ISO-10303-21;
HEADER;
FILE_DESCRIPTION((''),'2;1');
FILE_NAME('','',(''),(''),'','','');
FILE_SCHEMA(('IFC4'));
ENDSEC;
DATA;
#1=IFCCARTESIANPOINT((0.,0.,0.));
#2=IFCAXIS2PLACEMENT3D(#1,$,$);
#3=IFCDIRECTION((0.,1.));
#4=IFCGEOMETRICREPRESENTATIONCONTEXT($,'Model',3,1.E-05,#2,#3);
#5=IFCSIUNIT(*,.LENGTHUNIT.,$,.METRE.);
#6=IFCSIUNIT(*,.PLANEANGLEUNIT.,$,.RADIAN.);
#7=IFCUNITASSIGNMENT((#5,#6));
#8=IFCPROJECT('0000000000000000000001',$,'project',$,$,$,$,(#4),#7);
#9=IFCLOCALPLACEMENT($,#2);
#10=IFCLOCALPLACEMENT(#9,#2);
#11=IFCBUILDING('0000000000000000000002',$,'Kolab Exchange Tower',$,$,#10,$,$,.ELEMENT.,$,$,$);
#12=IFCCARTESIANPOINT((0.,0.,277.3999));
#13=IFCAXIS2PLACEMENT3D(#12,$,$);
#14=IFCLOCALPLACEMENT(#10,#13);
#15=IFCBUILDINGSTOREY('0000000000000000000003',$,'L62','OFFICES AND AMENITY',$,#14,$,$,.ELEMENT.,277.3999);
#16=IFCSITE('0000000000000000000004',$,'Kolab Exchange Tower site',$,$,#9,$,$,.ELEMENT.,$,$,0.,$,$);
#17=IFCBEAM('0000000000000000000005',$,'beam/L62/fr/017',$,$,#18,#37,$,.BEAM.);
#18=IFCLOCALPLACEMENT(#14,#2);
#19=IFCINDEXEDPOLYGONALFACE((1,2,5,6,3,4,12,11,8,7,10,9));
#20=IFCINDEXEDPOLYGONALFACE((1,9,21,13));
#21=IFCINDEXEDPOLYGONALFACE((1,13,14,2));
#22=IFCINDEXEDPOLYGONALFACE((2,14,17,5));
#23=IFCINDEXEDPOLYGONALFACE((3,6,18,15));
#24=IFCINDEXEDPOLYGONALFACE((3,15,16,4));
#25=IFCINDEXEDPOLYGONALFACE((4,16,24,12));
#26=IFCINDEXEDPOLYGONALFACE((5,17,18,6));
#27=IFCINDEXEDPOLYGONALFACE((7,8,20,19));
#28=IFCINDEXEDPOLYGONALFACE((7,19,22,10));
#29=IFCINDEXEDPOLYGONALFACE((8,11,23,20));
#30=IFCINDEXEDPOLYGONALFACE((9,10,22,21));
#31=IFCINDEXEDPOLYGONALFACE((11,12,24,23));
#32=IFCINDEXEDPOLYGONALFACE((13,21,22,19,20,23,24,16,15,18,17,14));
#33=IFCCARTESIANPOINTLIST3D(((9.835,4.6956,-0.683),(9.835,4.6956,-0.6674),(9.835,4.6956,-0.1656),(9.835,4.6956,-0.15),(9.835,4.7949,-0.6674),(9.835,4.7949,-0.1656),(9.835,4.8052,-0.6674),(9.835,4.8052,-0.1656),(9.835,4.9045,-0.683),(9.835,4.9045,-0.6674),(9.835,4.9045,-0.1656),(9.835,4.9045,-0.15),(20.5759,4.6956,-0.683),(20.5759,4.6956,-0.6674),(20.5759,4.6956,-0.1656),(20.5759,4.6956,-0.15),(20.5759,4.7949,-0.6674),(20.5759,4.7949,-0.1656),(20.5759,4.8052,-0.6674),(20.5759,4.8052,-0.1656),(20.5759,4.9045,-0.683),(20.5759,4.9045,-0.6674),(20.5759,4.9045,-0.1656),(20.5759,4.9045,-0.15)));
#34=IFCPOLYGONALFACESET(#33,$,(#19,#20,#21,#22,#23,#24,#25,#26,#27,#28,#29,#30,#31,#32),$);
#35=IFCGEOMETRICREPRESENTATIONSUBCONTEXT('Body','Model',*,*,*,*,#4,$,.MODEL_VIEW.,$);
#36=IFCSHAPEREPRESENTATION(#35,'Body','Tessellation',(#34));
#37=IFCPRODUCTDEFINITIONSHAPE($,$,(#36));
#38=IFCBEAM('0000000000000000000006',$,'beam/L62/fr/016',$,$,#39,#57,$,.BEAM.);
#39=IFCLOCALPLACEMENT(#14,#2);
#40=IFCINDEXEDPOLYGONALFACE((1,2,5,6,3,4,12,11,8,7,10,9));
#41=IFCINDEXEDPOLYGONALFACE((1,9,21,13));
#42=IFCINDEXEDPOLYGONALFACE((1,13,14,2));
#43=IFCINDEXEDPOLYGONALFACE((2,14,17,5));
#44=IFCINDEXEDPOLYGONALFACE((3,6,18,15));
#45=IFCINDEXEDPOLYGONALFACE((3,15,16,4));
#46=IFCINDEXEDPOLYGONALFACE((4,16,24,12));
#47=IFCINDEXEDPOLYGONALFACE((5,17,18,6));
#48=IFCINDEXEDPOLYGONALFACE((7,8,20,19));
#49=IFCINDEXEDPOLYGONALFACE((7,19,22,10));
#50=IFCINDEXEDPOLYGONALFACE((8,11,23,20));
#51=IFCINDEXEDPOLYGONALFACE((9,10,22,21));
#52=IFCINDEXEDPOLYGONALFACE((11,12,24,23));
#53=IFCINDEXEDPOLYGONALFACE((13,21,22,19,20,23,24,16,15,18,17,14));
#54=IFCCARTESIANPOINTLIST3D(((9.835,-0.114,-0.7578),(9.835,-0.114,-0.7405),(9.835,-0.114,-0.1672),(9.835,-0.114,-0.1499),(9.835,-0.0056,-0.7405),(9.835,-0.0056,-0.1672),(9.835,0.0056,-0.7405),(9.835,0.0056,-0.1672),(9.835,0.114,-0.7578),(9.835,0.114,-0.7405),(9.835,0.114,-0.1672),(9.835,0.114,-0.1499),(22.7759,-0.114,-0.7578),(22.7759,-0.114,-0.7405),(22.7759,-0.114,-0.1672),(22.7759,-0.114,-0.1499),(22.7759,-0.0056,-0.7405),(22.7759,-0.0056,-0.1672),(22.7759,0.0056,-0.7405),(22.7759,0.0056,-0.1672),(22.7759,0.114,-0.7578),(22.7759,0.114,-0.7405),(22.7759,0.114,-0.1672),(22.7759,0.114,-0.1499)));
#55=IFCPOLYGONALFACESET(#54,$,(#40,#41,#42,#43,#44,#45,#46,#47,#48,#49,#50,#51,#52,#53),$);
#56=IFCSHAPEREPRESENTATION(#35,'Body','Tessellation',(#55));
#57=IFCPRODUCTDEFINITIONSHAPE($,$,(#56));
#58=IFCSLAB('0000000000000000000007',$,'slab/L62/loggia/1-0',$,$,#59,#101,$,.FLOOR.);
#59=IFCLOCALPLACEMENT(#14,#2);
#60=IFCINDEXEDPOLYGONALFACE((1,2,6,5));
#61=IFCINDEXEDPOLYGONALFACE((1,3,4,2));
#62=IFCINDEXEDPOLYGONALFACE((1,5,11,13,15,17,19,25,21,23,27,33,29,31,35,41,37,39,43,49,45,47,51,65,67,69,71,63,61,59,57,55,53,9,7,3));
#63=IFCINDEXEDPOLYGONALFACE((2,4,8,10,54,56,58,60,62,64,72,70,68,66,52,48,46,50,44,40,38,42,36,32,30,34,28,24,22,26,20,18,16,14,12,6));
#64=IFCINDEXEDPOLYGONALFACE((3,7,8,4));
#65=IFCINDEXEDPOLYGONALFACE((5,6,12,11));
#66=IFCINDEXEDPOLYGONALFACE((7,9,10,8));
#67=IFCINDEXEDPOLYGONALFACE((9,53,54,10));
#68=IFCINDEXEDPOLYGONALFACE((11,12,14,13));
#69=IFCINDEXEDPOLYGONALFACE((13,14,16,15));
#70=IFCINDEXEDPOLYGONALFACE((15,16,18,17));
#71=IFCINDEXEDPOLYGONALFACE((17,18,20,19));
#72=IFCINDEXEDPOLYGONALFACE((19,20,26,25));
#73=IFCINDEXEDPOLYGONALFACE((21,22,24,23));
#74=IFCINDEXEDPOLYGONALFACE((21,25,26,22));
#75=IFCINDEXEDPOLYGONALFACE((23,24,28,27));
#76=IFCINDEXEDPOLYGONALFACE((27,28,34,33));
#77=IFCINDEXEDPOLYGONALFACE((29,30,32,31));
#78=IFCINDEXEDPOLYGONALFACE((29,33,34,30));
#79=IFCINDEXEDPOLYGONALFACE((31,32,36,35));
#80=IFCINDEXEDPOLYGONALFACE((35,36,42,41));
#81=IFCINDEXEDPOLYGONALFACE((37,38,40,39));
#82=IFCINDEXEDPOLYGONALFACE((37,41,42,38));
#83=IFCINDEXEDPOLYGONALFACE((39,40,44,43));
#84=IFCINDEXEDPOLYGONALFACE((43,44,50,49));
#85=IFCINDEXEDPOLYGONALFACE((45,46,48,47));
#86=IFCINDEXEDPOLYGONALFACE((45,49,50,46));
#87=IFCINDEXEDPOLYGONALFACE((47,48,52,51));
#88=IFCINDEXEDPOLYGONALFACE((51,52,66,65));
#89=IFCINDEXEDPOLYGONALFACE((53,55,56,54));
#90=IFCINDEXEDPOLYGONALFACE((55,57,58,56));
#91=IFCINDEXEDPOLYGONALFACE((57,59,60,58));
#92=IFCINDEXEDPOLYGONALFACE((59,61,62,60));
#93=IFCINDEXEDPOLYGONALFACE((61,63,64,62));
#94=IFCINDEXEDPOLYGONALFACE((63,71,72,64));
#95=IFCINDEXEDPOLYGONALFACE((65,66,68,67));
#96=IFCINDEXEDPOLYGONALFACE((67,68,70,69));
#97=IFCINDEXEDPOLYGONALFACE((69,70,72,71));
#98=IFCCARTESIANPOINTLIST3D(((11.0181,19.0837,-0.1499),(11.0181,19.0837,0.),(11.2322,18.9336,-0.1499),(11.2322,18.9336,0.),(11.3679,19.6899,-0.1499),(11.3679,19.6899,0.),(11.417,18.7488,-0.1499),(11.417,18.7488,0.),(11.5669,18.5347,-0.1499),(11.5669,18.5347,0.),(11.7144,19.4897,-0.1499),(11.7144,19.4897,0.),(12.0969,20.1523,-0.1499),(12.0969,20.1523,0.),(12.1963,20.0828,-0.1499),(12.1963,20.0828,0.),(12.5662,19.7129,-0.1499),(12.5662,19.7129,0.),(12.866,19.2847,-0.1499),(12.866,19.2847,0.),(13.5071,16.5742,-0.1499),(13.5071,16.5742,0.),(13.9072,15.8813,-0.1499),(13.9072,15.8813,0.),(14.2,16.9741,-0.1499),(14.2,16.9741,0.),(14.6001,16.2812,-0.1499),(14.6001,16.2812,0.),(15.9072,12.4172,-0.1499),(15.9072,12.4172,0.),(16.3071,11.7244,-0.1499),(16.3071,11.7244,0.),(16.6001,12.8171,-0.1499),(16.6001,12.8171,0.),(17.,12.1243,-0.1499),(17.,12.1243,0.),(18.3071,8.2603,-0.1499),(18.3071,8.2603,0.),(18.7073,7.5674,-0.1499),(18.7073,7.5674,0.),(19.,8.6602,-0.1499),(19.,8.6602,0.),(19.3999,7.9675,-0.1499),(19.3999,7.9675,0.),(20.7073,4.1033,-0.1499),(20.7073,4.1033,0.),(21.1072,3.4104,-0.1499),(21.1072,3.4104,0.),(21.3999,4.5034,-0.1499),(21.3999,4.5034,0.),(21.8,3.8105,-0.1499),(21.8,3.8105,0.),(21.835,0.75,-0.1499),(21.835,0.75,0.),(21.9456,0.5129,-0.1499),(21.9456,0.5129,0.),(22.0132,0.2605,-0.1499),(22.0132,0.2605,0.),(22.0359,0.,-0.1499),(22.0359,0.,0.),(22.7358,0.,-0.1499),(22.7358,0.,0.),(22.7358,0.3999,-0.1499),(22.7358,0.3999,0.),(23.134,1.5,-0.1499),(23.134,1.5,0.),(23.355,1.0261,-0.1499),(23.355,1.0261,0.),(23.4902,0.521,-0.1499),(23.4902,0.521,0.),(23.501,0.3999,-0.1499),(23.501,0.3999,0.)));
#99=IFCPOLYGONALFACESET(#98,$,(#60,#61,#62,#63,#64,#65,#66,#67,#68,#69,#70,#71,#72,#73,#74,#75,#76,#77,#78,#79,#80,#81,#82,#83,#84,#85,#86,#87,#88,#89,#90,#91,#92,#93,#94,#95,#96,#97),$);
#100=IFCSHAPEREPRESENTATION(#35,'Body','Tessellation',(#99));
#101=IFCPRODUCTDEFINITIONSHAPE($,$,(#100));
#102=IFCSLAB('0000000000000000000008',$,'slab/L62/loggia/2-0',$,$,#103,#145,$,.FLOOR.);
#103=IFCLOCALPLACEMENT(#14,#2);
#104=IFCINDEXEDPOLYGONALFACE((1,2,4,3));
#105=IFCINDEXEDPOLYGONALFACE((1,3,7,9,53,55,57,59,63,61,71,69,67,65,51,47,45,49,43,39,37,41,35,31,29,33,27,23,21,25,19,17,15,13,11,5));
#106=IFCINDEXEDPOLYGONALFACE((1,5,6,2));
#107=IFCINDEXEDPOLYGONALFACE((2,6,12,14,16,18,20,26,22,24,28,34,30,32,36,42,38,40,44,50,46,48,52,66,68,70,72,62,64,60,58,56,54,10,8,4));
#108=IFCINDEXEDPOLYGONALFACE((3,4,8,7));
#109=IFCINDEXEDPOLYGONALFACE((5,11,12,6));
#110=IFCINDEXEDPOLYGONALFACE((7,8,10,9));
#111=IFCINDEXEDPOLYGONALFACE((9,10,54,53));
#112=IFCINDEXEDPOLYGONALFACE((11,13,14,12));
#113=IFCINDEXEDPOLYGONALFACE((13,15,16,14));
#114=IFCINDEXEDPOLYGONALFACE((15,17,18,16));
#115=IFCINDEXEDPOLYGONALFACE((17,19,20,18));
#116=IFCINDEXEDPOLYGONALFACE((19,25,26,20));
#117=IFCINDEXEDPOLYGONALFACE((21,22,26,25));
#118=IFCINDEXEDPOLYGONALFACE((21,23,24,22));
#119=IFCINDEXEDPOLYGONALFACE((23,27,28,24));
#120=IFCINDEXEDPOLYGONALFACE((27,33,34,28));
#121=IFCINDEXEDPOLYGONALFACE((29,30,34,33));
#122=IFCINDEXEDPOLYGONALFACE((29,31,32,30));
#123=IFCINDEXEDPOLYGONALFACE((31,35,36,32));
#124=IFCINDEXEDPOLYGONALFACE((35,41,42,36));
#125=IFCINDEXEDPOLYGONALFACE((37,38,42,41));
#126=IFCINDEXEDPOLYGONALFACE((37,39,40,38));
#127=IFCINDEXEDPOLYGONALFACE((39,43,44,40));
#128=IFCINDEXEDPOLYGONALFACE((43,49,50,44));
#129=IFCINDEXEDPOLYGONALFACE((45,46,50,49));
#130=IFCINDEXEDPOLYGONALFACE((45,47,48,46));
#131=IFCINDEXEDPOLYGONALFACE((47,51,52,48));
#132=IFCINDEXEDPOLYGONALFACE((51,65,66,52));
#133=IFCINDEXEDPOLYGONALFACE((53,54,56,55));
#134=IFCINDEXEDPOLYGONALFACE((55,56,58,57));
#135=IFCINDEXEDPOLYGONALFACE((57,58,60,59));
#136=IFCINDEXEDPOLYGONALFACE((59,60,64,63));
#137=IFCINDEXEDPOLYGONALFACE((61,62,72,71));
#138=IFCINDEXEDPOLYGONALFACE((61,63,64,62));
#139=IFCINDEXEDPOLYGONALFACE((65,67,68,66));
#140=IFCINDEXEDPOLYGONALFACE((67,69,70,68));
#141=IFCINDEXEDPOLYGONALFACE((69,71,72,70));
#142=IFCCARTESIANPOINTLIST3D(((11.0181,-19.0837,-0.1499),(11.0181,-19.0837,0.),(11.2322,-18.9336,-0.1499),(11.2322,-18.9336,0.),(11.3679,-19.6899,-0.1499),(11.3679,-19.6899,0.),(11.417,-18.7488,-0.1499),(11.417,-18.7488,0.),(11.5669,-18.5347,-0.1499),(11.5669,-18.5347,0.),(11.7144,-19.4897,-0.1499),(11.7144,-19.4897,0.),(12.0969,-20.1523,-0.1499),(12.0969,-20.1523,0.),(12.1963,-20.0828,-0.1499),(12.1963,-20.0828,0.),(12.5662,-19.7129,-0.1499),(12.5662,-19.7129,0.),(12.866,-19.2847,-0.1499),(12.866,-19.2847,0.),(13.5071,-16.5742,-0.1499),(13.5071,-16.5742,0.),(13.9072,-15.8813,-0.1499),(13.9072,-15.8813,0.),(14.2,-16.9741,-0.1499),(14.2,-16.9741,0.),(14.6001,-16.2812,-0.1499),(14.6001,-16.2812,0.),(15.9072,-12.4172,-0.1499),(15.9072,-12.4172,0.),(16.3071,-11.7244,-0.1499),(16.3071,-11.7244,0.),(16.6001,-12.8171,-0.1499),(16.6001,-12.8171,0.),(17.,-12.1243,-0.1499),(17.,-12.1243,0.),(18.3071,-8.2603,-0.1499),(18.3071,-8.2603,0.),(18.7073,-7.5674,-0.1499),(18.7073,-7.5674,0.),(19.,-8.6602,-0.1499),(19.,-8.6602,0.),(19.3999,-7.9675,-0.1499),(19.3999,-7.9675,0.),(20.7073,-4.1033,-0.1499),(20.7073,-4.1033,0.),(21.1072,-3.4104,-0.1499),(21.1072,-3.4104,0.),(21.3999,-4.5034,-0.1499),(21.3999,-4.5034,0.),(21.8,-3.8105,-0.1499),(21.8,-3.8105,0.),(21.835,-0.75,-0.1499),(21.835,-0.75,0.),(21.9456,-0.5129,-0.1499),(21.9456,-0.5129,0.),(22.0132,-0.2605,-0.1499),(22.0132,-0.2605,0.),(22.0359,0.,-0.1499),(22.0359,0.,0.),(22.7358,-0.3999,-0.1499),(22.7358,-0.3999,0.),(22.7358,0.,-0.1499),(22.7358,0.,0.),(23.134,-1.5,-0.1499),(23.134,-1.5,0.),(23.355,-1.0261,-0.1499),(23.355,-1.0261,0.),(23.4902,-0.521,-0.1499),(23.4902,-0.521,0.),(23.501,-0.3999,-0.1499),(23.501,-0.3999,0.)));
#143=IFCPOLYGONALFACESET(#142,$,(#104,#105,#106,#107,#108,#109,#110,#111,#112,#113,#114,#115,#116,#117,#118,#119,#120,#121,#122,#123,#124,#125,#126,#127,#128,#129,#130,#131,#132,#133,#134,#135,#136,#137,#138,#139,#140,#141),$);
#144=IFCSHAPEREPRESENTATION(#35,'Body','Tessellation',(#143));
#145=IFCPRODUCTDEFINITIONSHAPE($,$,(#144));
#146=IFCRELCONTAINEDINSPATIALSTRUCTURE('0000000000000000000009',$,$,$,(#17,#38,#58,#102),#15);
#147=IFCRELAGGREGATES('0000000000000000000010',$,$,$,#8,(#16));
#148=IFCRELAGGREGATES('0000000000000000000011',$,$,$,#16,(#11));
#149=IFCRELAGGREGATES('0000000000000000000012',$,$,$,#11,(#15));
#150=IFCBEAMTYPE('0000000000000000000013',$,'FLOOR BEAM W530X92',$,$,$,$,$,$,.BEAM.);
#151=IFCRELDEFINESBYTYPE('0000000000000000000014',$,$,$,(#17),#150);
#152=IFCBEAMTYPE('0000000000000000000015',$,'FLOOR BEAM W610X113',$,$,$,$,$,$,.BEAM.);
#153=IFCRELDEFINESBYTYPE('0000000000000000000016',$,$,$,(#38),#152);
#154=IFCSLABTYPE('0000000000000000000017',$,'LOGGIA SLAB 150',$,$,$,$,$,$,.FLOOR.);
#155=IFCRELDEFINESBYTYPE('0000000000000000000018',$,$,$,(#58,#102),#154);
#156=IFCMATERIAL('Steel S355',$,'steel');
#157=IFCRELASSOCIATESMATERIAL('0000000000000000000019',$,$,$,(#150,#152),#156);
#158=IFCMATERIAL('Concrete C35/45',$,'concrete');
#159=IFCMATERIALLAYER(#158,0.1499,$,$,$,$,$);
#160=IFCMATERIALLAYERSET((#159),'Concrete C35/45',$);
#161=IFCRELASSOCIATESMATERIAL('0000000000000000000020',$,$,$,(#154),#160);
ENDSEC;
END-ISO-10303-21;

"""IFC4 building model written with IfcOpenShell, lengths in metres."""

from ifc_helpers import new_model, si_unit, direction, frame, origin, origin_2d, place, context, subcontext, project, spatial, polyline, i_section, outline, extrude, material, layer, layer_set, material_profile, profile_set, type_object, element, save


model = new_model("IFC4")

# Units and contexts
model_context = context("Model", 3, precision=1e-05, world=origin(), true_north=direction((0.0, 1.0)))
body_context = subcontext(model_context, "Body", "Model", "MODEL_VIEW")
ifc_project = project(units=[si_unit("LENGTHUNIT", "METRE"), si_unit("PLANEANGLEUNIT", "RADIAN")], contexts=[model_context])

# Site, building, storey
site_placement = place(None, origin())
site = spatial("IfcSite", under=ifc_project, at=site_placement, Name="Kolab Exchange Tower site", CompositionType="ELEMENT", RefElevation=0.0)
building_placement = place(site_placement, origin())
building = spatial("IfcBuilding", under=site, at=building_placement, Name="Kolab Exchange Tower", CompositionType="ELEMENT")
storey_placement = place(building_placement, frame((0.0, 0.0, 277.3999)))
storey = spatial("IfcBuildingStorey", under=building, at=storey_placement, Name="L62", Description="OFFICES AND AMENITY", CompositionType="ELEMENT", Elevation=277.3999)

# Beams
ifc_material_1 = material(Name="Steel S355", Category="steel")
ifc_material_profile_1 = material_profile(ifc_material_1, i_section(OverallWidth=0.209, OverallDepth=0.533, WebThickness=0.0103, FlangeThickness=0.0156, at=origin_2d()), Name="W530X92")
ifc_profile_set_1 = profile_set([ifc_material_profile_1], Name="Steel S355")
beam_type_1 = type_object("IfcBeamType", Name="FLOOR BEAM W530X92", PredefinedType="BEAM", material=ifc_profile_set_1)
beam_1_placement = place(storey_placement, frame((9.835, 4.8, -0.4165), z_axis=(1.0, 0.0, 0.0), x_axis=(0.0, 1.0, 0.0)))
element("IfcBeam", 1, at=beam_1_placement, inside=storey, type_object=beam_type_1, Name="beam/L62/fr/017", PredefinedType="BEAM", context=body_context, shape_type="SweptSolid", body=[
    extrude(i_section(OverallWidth=0.209, OverallDepth=0.533, WebThickness=0.0103, FlangeThickness=0.0156, at=origin_2d()), origin(), (0.0, 0.0, 1.0), 10.741),
])
ifc_material_profile_2 = material_profile(ifc_material_1, i_section(OverallWidth=0.228, OverallDepth=0.6079, WebThickness=0.0112, FlangeThickness=0.0173, at=origin_2d()), Name="W610X113")
ifc_profile_set_2 = profile_set([ifc_material_profile_2], Name="Steel S355")
beam_type_2 = type_object("IfcBeamType", Name="FLOOR BEAM W610X113", PredefinedType="BEAM", material=ifc_profile_set_2)
beam_2_placement = place(storey_placement, frame((9.835, 0.0, -0.4539), z_axis=(1.0, 0.0, 0.0), x_axis=(0.0, 1.0, 0.0)))
element("IfcBeam", 2, at=beam_2_placement, inside=storey, type_object=beam_type_2, Name="beam/L62/fr/016", PredefinedType="BEAM", context=body_context, shape_type="SweptSolid", body=[
    extrude(i_section(OverallWidth=0.228, OverallDepth=0.6079, WebThickness=0.0112, FlangeThickness=0.0173, at=origin_2d()), origin(), (0.0, 0.0, 1.0), 12.9409),
])

# Slabs
ifc_material_2 = material(Name="Concrete C35/45", Category="concrete")
ifc_layer_1 = layer(ifc_material_2, 0.1499)
ifc_layer_set_1 = layer_set([ifc_layer_1], Name="Concrete C35/45")
slab_type_1 = type_object("IfcSlabType", Name="LOGGIA SLAB 150", PredefinedType="FLOOR", material=ifc_layer_set_1)
slab_1_placement = place(storey_placement, frame((0.0, 0.0, -0.1499)))
element("IfcSlab", 3, at=slab_1_placement, inside=storey, type_object=slab_type_1, Name="slab/L62/loggia/1-0", PredefinedType="FLOOR", context=body_context, shape_type="SweptSolid", body=[
    extrude(outline(polyline([(22.0359, 0.0), (22.7358, 0.0), (22.7358, 0.3999), (23.501, 0.3999), (23.4902, 0.521), (23.355, 1.0261), (23.134, 1.5), (21.8, 3.8105), (21.1072, 3.4104), (20.7073, 4.1033), (21.3999, 4.5034), (19.3999, 7.9675), (18.7073, 7.5674), (18.3071, 8.2603), (19.0, 8.6602), (17.0, 12.1243), (16.3071, 11.7244), (15.9072, 12.4172), (16.6001, 12.8171), (14.6001, 16.2812), (13.9072, 15.8813), (13.5071, 16.5742), (14.2, 16.9741), (12.866, 19.2847), (12.5662, 19.7129), (12.1963, 20.0828), (12.0969, 20.1523), (11.7144, 19.4897), (11.3679, 19.6899), (11.0181, 19.0837), (11.2322, 18.9336), (11.417, 18.7488), (11.5669, 18.5347), (21.835, 0.75), (21.9456, 0.5129), (22.0132, 0.2605), (22.0359, 0.0)])), origin(), (0.0, 0.0, 1.0), 0.1499),
])
slab_2_placement = place(storey_placement, frame((0.0, 0.0, -0.1499)))
element("IfcSlab", 4, at=slab_2_placement, inside=storey, type_object=slab_type_1, Name="slab/L62/loggia/2-0", PredefinedType="FLOOR", context=body_context, shape_type="SweptSolid", body=[
    extrude(outline(polyline([(12.866, -19.2847), (14.2, -16.9741), (13.5071, -16.5742), (13.9072, -15.8813), (14.6001, -16.2812), (16.6001, -12.8171), (15.9072, -12.4172), (16.3071, -11.7244), (17.0, -12.1243), (19.0, -8.6602), (18.3071, -8.2603), (18.7073, -7.5674), (19.3999, -7.9675), (21.3999, -4.5034), (20.7073, -4.1033), (21.1072, -3.4104), (21.8, -3.8105), (23.134, -1.5), (23.355, -1.0261), (23.4902, -0.521), (23.501, -0.3999), (22.7358, -0.3999), (22.7358, 0.0), (22.0359, 0.0), (22.0132, -0.2605), (21.9456, -0.5129), (21.835, -0.75), (11.5669, -18.5347), (11.417, -18.7488), (11.2322, -18.9336), (11.0181, -19.0837), (11.3679, -19.6899), (11.7144, -19.4897), (12.0969, -20.1523), (12.1963, -20.0828), (12.5662, -19.7129), (12.866, -19.2847)])), origin(), (0.0, 0.0, 1.0), 0.1499),
])

save(model, "model.ifc")
